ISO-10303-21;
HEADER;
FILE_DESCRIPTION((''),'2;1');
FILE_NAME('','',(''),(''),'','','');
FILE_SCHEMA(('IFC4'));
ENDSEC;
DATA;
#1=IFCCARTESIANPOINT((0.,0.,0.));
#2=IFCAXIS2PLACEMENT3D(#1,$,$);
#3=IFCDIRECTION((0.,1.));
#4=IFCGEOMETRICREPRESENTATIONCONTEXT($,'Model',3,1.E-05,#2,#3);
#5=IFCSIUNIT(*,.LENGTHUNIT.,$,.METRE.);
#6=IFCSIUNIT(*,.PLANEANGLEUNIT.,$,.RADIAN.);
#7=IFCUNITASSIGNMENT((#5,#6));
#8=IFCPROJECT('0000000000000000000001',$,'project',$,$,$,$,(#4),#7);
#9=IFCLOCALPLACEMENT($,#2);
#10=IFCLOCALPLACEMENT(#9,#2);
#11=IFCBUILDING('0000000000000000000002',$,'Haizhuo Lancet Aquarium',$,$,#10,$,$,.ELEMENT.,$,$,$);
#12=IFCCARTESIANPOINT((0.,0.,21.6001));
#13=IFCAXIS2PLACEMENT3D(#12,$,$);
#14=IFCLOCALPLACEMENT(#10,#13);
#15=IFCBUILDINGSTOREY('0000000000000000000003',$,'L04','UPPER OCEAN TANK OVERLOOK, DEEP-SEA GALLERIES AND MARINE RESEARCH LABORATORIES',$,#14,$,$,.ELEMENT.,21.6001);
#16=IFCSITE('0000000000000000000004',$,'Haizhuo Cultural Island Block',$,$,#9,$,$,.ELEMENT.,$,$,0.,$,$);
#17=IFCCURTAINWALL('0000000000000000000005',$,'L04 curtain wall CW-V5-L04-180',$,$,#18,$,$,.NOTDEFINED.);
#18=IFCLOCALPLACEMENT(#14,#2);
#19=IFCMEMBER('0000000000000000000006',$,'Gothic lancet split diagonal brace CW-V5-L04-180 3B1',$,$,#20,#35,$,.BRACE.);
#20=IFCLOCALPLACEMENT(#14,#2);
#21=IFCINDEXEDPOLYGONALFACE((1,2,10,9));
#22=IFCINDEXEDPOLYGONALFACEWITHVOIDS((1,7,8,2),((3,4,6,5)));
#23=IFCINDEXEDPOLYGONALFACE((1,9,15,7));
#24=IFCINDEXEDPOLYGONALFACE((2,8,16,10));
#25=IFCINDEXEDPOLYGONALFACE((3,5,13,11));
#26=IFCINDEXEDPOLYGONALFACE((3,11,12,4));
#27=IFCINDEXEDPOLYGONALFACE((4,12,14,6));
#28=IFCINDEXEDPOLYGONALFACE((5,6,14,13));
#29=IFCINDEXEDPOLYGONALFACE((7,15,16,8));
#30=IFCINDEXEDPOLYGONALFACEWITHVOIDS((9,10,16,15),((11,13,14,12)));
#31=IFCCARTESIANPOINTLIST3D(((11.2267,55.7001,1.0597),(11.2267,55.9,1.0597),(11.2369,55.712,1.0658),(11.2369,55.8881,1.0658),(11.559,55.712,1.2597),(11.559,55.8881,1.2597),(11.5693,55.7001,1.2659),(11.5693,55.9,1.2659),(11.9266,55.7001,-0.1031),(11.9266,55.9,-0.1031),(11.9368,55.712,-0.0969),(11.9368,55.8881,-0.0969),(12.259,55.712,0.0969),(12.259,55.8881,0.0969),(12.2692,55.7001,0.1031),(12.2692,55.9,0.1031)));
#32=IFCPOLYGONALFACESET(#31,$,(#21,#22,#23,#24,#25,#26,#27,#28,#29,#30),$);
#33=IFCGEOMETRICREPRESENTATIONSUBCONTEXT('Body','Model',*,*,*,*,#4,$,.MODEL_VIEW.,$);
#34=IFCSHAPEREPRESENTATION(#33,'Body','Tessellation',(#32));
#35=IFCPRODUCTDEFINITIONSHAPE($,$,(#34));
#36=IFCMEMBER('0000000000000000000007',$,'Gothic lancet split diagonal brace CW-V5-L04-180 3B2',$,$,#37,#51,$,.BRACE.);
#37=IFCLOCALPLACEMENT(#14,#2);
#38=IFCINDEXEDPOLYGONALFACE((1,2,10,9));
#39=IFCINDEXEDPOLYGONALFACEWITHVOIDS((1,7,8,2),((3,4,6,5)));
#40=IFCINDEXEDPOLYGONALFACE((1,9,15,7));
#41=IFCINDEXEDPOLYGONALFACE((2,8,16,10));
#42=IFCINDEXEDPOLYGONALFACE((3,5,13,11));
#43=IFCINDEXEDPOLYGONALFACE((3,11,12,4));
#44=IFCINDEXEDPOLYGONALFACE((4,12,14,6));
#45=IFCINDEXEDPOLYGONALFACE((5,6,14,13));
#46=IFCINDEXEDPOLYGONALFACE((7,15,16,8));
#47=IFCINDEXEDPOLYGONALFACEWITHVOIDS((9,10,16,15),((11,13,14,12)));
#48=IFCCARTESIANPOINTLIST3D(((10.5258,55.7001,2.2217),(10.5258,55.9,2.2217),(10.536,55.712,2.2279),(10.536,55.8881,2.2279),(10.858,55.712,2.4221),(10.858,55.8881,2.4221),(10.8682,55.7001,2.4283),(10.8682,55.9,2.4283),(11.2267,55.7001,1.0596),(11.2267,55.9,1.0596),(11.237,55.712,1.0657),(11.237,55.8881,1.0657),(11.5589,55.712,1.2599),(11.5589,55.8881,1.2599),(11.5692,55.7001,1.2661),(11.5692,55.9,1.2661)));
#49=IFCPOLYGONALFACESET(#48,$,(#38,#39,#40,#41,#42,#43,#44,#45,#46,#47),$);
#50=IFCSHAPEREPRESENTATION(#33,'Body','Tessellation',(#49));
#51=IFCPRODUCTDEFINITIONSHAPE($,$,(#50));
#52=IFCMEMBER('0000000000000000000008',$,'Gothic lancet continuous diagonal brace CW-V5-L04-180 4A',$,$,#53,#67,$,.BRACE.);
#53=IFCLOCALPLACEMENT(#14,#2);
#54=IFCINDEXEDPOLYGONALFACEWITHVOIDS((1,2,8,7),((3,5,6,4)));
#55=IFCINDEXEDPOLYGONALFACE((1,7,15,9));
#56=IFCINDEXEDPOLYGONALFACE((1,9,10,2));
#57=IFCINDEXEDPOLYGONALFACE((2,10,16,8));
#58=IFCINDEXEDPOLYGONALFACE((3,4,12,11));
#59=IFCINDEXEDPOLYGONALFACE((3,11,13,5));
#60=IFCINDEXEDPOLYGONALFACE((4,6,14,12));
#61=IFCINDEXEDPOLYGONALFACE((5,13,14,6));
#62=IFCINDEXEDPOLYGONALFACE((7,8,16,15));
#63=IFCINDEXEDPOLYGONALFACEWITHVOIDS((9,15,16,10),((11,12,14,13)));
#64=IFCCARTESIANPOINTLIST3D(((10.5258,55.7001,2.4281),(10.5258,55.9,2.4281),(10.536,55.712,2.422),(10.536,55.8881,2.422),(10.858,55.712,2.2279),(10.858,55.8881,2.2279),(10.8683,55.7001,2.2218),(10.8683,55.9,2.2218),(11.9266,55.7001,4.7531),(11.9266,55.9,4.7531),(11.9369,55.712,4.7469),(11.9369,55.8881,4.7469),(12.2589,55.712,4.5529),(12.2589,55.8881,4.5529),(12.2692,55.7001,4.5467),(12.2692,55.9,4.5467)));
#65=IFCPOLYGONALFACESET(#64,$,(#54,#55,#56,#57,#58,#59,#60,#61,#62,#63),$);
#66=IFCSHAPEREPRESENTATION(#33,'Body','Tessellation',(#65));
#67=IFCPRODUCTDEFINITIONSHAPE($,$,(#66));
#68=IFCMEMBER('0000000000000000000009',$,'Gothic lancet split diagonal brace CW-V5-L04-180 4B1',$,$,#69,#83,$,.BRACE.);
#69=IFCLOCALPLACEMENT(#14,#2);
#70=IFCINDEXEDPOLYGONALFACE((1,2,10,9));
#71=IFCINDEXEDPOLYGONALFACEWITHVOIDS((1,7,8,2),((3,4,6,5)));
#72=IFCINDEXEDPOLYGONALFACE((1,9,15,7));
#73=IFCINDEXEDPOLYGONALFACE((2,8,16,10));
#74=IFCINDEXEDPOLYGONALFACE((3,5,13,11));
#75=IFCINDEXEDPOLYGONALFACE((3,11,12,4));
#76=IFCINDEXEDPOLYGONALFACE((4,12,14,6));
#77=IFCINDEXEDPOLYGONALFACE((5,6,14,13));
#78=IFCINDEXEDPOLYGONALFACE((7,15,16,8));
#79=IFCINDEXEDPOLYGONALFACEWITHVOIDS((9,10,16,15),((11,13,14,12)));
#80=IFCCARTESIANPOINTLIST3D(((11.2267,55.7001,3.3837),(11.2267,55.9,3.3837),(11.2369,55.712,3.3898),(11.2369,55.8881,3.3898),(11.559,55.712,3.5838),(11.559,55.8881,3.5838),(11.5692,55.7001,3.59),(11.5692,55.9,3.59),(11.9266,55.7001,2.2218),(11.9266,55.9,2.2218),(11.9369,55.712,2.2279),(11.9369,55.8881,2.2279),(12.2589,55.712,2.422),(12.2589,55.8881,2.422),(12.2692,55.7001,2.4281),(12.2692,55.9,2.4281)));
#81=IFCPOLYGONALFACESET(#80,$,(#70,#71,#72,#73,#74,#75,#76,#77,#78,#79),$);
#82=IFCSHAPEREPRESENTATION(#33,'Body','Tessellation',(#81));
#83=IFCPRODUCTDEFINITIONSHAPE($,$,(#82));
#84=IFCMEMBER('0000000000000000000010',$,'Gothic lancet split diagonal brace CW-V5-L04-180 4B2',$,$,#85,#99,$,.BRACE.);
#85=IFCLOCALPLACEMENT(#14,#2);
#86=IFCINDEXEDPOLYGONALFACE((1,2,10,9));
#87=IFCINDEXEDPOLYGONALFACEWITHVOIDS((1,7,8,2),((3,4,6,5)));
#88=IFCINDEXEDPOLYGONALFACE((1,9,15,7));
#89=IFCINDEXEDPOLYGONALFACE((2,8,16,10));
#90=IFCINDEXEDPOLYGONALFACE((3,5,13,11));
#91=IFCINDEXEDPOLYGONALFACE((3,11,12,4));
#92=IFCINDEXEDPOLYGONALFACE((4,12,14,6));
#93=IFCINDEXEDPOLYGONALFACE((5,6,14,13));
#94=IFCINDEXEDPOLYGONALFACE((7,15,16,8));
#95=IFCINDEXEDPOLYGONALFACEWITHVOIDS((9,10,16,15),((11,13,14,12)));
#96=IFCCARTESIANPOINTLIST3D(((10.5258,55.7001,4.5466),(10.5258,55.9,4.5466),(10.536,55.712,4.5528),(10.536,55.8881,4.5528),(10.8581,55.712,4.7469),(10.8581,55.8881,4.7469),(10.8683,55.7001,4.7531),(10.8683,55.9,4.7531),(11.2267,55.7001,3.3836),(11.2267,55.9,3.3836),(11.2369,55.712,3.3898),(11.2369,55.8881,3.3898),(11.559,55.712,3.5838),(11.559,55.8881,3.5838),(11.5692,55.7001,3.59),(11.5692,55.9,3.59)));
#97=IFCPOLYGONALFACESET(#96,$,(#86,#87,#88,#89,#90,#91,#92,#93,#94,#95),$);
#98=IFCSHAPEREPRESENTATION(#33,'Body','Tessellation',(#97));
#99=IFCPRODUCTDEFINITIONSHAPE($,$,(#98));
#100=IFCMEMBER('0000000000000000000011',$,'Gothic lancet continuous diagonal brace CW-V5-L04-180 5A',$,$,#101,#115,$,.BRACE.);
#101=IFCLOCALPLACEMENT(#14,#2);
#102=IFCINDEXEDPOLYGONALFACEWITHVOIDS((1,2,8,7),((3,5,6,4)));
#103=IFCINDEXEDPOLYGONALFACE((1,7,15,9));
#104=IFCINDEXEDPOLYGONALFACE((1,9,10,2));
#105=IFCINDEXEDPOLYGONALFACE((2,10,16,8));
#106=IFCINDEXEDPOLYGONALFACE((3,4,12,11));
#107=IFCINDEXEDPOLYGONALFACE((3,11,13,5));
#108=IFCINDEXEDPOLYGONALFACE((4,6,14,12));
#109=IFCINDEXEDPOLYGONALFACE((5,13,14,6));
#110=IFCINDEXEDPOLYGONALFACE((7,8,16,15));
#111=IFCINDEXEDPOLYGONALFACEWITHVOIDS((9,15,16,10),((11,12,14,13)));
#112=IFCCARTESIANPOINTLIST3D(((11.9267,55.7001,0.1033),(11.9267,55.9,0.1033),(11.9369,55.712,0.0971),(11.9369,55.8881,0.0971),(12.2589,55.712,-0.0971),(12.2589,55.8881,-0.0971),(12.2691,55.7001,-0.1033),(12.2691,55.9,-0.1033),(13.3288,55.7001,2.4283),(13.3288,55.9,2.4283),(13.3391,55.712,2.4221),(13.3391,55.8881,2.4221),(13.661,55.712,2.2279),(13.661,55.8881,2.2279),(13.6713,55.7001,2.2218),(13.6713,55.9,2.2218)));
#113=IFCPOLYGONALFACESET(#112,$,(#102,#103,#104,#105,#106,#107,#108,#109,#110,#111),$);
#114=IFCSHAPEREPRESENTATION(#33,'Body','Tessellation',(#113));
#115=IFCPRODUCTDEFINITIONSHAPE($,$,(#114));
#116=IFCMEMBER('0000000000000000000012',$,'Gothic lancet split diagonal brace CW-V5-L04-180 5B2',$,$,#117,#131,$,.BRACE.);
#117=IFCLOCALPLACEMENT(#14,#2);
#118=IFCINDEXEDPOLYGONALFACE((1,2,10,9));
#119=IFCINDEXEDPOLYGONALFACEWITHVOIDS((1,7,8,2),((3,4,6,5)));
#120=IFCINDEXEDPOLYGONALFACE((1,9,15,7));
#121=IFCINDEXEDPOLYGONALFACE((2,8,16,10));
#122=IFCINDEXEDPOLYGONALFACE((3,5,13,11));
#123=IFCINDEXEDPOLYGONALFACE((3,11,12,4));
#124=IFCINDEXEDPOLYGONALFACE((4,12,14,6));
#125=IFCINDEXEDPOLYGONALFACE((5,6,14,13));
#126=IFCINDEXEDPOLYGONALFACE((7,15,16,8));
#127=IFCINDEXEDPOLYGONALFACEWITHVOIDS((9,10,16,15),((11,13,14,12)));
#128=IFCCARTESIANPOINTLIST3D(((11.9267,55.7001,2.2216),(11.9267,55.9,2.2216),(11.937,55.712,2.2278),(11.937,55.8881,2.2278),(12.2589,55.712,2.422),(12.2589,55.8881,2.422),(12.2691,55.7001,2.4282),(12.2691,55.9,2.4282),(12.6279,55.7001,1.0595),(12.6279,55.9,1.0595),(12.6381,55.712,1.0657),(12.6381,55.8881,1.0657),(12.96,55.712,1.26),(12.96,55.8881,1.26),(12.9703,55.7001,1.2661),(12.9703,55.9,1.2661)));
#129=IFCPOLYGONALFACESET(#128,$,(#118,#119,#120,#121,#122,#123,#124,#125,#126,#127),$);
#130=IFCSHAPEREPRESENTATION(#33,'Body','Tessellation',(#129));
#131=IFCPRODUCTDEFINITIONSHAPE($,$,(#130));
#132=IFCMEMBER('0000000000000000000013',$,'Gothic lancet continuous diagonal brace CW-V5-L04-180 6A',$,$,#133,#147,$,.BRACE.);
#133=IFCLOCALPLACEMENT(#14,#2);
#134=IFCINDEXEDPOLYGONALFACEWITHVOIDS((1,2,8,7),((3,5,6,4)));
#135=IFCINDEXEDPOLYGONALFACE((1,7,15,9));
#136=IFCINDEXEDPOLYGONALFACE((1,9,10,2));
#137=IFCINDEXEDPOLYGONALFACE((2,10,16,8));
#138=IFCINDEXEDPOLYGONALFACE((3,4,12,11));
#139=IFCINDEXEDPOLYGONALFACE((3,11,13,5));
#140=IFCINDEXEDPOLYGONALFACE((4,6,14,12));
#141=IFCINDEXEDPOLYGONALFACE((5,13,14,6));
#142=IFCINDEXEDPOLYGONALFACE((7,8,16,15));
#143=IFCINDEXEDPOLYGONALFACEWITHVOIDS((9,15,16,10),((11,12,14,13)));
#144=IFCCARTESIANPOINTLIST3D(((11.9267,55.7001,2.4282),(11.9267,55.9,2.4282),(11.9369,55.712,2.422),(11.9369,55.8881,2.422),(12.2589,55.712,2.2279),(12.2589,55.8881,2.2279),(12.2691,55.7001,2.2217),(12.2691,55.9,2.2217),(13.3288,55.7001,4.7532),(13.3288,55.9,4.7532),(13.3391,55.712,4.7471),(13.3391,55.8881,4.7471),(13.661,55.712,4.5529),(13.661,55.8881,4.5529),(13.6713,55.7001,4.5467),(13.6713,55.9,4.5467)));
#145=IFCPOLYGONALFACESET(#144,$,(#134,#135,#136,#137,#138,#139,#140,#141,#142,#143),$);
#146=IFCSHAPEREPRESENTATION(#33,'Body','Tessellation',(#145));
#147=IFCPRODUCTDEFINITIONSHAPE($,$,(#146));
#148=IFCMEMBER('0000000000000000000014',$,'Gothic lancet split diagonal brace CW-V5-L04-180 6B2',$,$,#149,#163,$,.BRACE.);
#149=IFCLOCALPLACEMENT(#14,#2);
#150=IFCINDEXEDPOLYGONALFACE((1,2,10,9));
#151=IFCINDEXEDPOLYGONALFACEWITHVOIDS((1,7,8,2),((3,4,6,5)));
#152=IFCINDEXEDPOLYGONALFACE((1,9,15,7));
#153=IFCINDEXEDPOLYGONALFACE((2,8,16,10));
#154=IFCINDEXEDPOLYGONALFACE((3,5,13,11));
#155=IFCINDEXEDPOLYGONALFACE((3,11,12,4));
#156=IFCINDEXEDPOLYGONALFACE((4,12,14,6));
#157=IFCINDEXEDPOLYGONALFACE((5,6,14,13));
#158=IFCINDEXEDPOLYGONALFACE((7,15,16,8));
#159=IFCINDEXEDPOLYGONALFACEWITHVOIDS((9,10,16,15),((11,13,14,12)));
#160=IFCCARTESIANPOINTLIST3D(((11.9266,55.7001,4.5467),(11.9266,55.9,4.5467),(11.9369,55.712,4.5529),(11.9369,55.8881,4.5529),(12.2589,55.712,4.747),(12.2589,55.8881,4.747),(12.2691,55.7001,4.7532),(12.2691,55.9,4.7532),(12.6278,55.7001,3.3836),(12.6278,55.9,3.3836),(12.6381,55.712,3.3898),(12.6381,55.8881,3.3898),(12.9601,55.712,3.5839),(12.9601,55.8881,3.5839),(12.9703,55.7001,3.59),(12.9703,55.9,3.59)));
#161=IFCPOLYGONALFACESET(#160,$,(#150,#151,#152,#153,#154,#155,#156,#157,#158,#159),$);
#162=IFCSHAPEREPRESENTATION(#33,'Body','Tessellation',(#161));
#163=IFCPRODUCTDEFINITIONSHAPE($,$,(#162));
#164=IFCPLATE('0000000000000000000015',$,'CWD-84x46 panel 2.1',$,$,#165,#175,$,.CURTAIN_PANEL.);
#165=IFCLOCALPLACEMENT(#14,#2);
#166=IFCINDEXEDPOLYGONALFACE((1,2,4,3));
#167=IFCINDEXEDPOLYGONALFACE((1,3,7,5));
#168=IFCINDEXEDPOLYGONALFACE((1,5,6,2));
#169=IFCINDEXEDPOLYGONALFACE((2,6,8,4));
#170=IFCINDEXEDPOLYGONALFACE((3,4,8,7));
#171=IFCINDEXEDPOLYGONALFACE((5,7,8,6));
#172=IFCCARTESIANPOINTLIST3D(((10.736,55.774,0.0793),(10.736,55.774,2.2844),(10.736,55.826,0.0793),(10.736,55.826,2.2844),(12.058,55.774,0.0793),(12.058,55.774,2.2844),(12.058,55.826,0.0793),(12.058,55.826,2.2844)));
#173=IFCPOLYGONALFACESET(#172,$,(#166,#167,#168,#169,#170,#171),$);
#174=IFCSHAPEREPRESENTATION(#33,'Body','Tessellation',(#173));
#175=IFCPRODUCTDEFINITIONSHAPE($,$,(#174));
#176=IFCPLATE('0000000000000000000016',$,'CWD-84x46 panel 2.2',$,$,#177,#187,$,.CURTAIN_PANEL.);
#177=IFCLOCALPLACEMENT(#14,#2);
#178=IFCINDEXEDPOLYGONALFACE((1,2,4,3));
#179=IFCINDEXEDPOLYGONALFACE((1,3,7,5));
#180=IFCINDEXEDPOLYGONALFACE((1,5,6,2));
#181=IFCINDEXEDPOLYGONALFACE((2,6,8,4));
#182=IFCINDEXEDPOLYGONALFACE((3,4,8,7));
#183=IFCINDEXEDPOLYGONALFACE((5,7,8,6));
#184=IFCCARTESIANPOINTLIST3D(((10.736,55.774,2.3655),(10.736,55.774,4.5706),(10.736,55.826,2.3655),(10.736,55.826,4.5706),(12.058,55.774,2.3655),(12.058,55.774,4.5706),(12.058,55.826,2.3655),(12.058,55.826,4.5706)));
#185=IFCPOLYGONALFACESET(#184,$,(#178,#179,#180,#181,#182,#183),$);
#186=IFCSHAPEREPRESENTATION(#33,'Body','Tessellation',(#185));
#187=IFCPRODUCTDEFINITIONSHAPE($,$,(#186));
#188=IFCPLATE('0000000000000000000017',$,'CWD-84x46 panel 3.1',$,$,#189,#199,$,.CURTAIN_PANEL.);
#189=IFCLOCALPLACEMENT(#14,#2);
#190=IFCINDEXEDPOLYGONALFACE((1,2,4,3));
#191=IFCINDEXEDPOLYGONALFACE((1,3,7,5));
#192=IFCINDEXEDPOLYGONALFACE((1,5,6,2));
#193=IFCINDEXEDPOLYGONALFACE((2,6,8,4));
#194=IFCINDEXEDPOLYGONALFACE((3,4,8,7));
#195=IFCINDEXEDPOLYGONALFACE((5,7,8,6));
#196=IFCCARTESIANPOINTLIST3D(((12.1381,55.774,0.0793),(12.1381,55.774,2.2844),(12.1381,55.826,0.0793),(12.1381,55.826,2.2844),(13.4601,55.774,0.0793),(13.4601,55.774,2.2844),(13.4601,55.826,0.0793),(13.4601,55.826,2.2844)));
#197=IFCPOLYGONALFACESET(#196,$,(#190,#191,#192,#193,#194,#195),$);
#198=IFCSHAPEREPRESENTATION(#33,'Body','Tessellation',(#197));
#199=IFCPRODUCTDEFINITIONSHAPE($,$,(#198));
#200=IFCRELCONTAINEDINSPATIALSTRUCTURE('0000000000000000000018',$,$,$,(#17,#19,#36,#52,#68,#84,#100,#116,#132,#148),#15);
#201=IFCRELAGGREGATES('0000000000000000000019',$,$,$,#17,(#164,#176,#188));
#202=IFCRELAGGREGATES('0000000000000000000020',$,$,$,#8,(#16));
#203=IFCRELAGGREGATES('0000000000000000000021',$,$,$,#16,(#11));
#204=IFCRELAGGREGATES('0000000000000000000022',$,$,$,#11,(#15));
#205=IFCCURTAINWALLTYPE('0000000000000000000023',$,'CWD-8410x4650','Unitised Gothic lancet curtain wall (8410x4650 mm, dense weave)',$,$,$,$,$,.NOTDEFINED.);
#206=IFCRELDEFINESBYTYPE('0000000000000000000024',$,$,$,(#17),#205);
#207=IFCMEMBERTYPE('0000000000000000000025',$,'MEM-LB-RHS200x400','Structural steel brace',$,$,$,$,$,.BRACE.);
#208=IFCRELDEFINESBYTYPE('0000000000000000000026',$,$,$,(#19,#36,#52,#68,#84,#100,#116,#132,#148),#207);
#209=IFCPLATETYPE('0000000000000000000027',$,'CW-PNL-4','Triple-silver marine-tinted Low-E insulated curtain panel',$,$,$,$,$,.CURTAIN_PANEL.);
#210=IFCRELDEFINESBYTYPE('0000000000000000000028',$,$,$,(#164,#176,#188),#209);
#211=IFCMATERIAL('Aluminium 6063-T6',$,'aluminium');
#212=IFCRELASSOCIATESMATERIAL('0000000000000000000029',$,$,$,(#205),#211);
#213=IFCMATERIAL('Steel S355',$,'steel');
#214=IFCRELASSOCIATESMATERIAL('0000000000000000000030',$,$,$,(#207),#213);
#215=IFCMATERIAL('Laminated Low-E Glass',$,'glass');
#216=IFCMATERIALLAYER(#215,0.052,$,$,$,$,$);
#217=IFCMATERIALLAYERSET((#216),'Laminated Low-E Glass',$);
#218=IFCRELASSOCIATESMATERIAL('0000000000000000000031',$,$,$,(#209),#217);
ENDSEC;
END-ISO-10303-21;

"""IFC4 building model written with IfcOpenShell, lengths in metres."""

from ifc_helpers import new_model, si_unit, direction, frame, origin, origin_2d, place, context, subcontext, project, spatial, rectangle, hollow_rectangle, extrude, material, layer, layer_set, material_profile, profile_set, type_object, element, aggregate, save


model = new_model("IFC4")

# Units and contexts
model_context = context("Model", 3, precision=1e-05, world=origin(), true_north=direction((0.0, 1.0)))
body_context = subcontext(model_context, "Body", "Model", "MODEL_VIEW")
ifc_project = project(units=[si_unit("LENGTHUNIT", "METRE"), si_unit("PLANEANGLEUNIT", "RADIAN")], contexts=[model_context])

# Site, building, storey
site_placement = place(None, origin())
site = spatial("IfcSite", under=ifc_project, at=site_placement, Name="Haizhuo Cultural Island Block", CompositionType="ELEMENT", RefElevation=0.0)
building_placement = place(site_placement, origin())
building = spatial("IfcBuilding", under=site, at=building_placement, Name="Haizhuo Lancet Aquarium", CompositionType="ELEMENT")
storey_placement = place(building_placement, frame((0.0, 0.0, 21.6001)))
storey = spatial("IfcBuildingStorey", under=building, at=storey_placement, Name="L04", Description="UPPER OCEAN TANK OVERLOOK, DEEP-SEA GALLERIES AND MARINE RESEARCH LABORATORIES", CompositionType="ELEMENT", Elevation=21.6001)

# Curtain wall
ifc_material_1 = material(Name="Aluminium 6063-T6", Category="aluminium")
curtain_wall_type = type_object("IfcCurtainWallType", Name="CWD-8410x4650", Description="Unitised Gothic lancet curtain wall (8410x4650 mm, dense weave)", PredefinedType="NOTDEFINED", material=ifc_material_1)
curtain_wall_placement = place(storey_placement, origin())
curtain_wall = element("IfcCurtainWall", 1, at=curtain_wall_placement, inside=storey, type_object=curtain_wall_type, Name="L04 curtain wall CW-V5-L04-180", PredefinedType="NOTDEFINED")

# Members
ifc_material_2 = material(Name="Steel S355", Category="steel")
ifc_material_profile_1 = material_profile(ifc_material_2, hollow_rectangle(XDim=0.2, YDim=0.3999, WallThickness=0.012, at=origin_2d()), Name="RHS 200x400x12")
ifc_profile_set_1 = profile_set([ifc_material_profile_1], Name="Steel S355")
member_type_1 = type_object("IfcMemberType", Name="MEM-LB-RHS200x400", Description="Structural steel brace", PredefinedType="BRACE", material=ifc_profile_set_1)
for number, where, z_axis, x_axis, name in (
    (2, (12.0979, 55.8, 0.0), (-0.515712, 0.0, 0.856762), (0.0, -1.0, 0.0), "Gothic lancet split diagonal brace CW-V5-L04-180 3B1"),
    (3, (11.3979, 55.8, 1.1628), (-0.516479, 0.0, 0.8563), (0.0, -1.0, 0.0), "Gothic lancet split diagonal brace CW-V5-L04-180 3B2"),
):
    element("IfcMember", number, at=place(storey_placement, frame(where, z_axis=z_axis, x_axis=x_axis)), inside=storey, type_object=member_type_1, Name=name, PredefinedType="BRACE", context=body_context, shape_type="SweptSolid", body=[
        extrude(hollow_rectangle(XDim=0.2, YDim=0.3999, WallThickness=0.012, at=origin_2d()), origin(), (0.0, 0.0, 1.0), 1.3572),
    ])
member_1_placement = place(storey_placement, frame((10.697, 55.8, 2.325), z_axis=(0.516095, 0.0, 0.856531), x_axis=(0.0, 1.0, 0.0)))
element("IfcMember", 4, at=member_1_placement, inside=storey, type_object=member_type_1, Name="Gothic lancet continuous diagonal brace CW-V5-L04-180 4A", PredefinedType="BRACE", context=body_context, shape_type="SweptSolid", body=[
    extrude(hollow_rectangle(XDim=0.2, YDim=0.3999, WallThickness=0.012, at=origin_2d()), origin(), (0.0, 0.0, 1.0), 2.7144),
])
member_2_placement = place(storey_placement, frame((12.0979, 55.8, 2.325), z_axis=(-0.51603, 0.0, 0.85657), x_axis=(0.0, -1.0, 0.0)))
element("IfcMember", 5, at=member_2_placement, inside=storey, type_object=member_type_1, Name="Gothic lancet split diagonal brace CW-V5-L04-180 4B1", PredefinedType="BRACE", context=body_context, shape_type="SweptSolid", body=[
    extrude(hollow_rectangle(XDim=0.2, YDim=0.3999, WallThickness=0.012, at=origin_2d()), origin(), (0.0, 0.0, 1.0), 1.3564),
])
member_3_placement = place(storey_placement, frame((11.3979, 55.8, 3.4868), z_axis=(-0.51616, 0.0, 0.856492), x_axis=(0.0, -1.0, 0.0)))
element("IfcMember", 6, at=member_3_placement, inside=storey, type_object=member_type_1, Name="Gothic lancet split diagonal brace CW-V5-L04-180 4B2", PredefinedType="BRACE", context=body_context, shape_type="SweptSolid", body=[
    extrude(hollow_rectangle(XDim=0.2, YDim=0.3999, WallThickness=0.012, at=origin_2d()), origin(), (0.0, 0.0, 1.0), 1.3579),
])
member_4_placement = place(storey_placement, frame((12.0979, 55.8, 0.0), z_axis=(0.516425, 0.0, 0.856332), x_axis=(0.0, 1.0, 0.0)))
element("IfcMember", 7, at=member_4_placement, inside=storey, type_object=member_type_1, Name="Gothic lancet continuous diagonal brace CW-V5-L04-180 5A", PredefinedType="BRACE", context=body_context, shape_type="SweptSolid", body=[
    extrude(hollow_rectangle(XDim=0.2, YDim=0.3999, WallThickness=0.012, at=origin_2d()), origin(), (0.0, 0.0, 1.0), 2.7151),
])
member_5_placement = place(storey_placement, frame((12.7991, 55.8, 1.1628), z_axis=(-0.51661, 0.0, 0.856221), x_axis=(0.0, -1.0, 0.0)))
element("IfcMember", 8, at=member_5_placement, inside=storey, type_object=member_type_1, Name="Gothic lancet split diagonal brace CW-V5-L04-180 5B2", PredefinedType="BRACE", context=body_context, shape_type="SweptSolid", body=[
    extrude(hollow_rectangle(XDim=0.2, YDim=0.3999, WallThickness=0.012, at=origin_2d()), origin(), (0.0, 0.0, 1.0), 1.3572),
])
member_6_placement = place(storey_placement, frame((12.0979, 55.8, 2.325), z_axis=(0.516425, 0.0, 0.856332), x_axis=(0.0, 1.0, 0.0)))
element("IfcMember", 9, at=member_6_placement, inside=storey, type_object=member_type_1, Name="Gothic lancet continuous diagonal brace CW-V5-L04-180 6A", PredefinedType="BRACE", context=body_context, shape_type="SweptSolid", body=[
    extrude(hollow_rectangle(XDim=0.2, YDim=0.3999, WallThickness=0.012, at=origin_2d()), origin(), (0.0, 0.0, 1.0), 2.7151),
])
member_7_placement = place(storey_placement, frame((12.7991, 55.8, 3.4868), z_axis=(-0.516292, 0.0, 0.856412), x_axis=(0.0, -1.0, 0.0)))
element("IfcMember", 10, at=member_7_placement, inside=storey, type_object=member_type_1, Name="Gothic lancet split diagonal brace CW-V5-L04-180 6B2", PredefinedType="BRACE", context=body_context, shape_type="SweptSolid", body=[
    extrude(hollow_rectangle(XDim=0.2, YDim=0.3999, WallThickness=0.012, at=origin_2d()), origin(), (0.0, 0.0, 1.0), 1.3582),
])

# Plates
ifc_material_3 = material(Name="Laminated Low-E Glass", Category="glass")
ifc_layer = layer(ifc_material_3, 0.052)
ifc_layer_set = layer_set([ifc_layer], Name="Laminated Low-E Glass")
plate_type = type_object("IfcPlateType", Name="CW-PNL-4", Description="Triple-silver marine-tinted Low-E insulated curtain panel", PredefinedType="CURTAIN_PANEL", material=ifc_layer_set)
plate_1_placement = place(storey_placement, frame((11.397, 55.8, 0.0793), z_axis=(0.0, 0.0, 1.0), x_axis=(1.0, 0.0, 0.0)))
plate_1 = element("IfcPlate", 11, at=plate_1_placement, type_object=plate_type, Name="CWD-84x46 panel 2.1", PredefinedType="CURTAIN_PANEL", context=body_context, shape_type="SweptSolid", body=[
    extrude(rectangle(XDim=1.322, YDim=0.052, at=origin_2d()), origin(), (0.0, 0.0, 1.0), 2.2051),
])
plate_2_placement = place(storey_placement, frame((11.397, 55.8, 2.3655), z_axis=(0.0, 0.0, 1.0), x_axis=(1.0, 0.0, 0.0)))
plate_2 = element("IfcPlate", 12, at=plate_2_placement, type_object=plate_type, Name="CWD-84x46 panel 2.2", PredefinedType="CURTAIN_PANEL", context=body_context, shape_type="SweptSolid", body=[
    extrude(rectangle(XDim=1.322, YDim=0.052, at=origin_2d()), origin(), (0.0, 0.0, 1.0), 2.2051),
])
plate_3_placement = place(storey_placement, frame((12.7991, 55.8, 0.0793), z_axis=(0.0, 0.0, 1.0), x_axis=(1.0, 0.0, 0.0)))
plate_3 = element("IfcPlate", 13, at=plate_3_placement, type_object=plate_type, Name="CWD-84x46 panel 3.1", PredefinedType="CURTAIN_PANEL", context=body_context, shape_type="SweptSolid", body=[
    extrude(rectangle(XDim=1.322, YDim=0.052, at=origin_2d()), origin(), (0.0, 0.0, 1.0), 2.2051),
])
aggregate(curtain_wall, [plate_1, plate_2, plate_3])

save(model, "model.ifc")
